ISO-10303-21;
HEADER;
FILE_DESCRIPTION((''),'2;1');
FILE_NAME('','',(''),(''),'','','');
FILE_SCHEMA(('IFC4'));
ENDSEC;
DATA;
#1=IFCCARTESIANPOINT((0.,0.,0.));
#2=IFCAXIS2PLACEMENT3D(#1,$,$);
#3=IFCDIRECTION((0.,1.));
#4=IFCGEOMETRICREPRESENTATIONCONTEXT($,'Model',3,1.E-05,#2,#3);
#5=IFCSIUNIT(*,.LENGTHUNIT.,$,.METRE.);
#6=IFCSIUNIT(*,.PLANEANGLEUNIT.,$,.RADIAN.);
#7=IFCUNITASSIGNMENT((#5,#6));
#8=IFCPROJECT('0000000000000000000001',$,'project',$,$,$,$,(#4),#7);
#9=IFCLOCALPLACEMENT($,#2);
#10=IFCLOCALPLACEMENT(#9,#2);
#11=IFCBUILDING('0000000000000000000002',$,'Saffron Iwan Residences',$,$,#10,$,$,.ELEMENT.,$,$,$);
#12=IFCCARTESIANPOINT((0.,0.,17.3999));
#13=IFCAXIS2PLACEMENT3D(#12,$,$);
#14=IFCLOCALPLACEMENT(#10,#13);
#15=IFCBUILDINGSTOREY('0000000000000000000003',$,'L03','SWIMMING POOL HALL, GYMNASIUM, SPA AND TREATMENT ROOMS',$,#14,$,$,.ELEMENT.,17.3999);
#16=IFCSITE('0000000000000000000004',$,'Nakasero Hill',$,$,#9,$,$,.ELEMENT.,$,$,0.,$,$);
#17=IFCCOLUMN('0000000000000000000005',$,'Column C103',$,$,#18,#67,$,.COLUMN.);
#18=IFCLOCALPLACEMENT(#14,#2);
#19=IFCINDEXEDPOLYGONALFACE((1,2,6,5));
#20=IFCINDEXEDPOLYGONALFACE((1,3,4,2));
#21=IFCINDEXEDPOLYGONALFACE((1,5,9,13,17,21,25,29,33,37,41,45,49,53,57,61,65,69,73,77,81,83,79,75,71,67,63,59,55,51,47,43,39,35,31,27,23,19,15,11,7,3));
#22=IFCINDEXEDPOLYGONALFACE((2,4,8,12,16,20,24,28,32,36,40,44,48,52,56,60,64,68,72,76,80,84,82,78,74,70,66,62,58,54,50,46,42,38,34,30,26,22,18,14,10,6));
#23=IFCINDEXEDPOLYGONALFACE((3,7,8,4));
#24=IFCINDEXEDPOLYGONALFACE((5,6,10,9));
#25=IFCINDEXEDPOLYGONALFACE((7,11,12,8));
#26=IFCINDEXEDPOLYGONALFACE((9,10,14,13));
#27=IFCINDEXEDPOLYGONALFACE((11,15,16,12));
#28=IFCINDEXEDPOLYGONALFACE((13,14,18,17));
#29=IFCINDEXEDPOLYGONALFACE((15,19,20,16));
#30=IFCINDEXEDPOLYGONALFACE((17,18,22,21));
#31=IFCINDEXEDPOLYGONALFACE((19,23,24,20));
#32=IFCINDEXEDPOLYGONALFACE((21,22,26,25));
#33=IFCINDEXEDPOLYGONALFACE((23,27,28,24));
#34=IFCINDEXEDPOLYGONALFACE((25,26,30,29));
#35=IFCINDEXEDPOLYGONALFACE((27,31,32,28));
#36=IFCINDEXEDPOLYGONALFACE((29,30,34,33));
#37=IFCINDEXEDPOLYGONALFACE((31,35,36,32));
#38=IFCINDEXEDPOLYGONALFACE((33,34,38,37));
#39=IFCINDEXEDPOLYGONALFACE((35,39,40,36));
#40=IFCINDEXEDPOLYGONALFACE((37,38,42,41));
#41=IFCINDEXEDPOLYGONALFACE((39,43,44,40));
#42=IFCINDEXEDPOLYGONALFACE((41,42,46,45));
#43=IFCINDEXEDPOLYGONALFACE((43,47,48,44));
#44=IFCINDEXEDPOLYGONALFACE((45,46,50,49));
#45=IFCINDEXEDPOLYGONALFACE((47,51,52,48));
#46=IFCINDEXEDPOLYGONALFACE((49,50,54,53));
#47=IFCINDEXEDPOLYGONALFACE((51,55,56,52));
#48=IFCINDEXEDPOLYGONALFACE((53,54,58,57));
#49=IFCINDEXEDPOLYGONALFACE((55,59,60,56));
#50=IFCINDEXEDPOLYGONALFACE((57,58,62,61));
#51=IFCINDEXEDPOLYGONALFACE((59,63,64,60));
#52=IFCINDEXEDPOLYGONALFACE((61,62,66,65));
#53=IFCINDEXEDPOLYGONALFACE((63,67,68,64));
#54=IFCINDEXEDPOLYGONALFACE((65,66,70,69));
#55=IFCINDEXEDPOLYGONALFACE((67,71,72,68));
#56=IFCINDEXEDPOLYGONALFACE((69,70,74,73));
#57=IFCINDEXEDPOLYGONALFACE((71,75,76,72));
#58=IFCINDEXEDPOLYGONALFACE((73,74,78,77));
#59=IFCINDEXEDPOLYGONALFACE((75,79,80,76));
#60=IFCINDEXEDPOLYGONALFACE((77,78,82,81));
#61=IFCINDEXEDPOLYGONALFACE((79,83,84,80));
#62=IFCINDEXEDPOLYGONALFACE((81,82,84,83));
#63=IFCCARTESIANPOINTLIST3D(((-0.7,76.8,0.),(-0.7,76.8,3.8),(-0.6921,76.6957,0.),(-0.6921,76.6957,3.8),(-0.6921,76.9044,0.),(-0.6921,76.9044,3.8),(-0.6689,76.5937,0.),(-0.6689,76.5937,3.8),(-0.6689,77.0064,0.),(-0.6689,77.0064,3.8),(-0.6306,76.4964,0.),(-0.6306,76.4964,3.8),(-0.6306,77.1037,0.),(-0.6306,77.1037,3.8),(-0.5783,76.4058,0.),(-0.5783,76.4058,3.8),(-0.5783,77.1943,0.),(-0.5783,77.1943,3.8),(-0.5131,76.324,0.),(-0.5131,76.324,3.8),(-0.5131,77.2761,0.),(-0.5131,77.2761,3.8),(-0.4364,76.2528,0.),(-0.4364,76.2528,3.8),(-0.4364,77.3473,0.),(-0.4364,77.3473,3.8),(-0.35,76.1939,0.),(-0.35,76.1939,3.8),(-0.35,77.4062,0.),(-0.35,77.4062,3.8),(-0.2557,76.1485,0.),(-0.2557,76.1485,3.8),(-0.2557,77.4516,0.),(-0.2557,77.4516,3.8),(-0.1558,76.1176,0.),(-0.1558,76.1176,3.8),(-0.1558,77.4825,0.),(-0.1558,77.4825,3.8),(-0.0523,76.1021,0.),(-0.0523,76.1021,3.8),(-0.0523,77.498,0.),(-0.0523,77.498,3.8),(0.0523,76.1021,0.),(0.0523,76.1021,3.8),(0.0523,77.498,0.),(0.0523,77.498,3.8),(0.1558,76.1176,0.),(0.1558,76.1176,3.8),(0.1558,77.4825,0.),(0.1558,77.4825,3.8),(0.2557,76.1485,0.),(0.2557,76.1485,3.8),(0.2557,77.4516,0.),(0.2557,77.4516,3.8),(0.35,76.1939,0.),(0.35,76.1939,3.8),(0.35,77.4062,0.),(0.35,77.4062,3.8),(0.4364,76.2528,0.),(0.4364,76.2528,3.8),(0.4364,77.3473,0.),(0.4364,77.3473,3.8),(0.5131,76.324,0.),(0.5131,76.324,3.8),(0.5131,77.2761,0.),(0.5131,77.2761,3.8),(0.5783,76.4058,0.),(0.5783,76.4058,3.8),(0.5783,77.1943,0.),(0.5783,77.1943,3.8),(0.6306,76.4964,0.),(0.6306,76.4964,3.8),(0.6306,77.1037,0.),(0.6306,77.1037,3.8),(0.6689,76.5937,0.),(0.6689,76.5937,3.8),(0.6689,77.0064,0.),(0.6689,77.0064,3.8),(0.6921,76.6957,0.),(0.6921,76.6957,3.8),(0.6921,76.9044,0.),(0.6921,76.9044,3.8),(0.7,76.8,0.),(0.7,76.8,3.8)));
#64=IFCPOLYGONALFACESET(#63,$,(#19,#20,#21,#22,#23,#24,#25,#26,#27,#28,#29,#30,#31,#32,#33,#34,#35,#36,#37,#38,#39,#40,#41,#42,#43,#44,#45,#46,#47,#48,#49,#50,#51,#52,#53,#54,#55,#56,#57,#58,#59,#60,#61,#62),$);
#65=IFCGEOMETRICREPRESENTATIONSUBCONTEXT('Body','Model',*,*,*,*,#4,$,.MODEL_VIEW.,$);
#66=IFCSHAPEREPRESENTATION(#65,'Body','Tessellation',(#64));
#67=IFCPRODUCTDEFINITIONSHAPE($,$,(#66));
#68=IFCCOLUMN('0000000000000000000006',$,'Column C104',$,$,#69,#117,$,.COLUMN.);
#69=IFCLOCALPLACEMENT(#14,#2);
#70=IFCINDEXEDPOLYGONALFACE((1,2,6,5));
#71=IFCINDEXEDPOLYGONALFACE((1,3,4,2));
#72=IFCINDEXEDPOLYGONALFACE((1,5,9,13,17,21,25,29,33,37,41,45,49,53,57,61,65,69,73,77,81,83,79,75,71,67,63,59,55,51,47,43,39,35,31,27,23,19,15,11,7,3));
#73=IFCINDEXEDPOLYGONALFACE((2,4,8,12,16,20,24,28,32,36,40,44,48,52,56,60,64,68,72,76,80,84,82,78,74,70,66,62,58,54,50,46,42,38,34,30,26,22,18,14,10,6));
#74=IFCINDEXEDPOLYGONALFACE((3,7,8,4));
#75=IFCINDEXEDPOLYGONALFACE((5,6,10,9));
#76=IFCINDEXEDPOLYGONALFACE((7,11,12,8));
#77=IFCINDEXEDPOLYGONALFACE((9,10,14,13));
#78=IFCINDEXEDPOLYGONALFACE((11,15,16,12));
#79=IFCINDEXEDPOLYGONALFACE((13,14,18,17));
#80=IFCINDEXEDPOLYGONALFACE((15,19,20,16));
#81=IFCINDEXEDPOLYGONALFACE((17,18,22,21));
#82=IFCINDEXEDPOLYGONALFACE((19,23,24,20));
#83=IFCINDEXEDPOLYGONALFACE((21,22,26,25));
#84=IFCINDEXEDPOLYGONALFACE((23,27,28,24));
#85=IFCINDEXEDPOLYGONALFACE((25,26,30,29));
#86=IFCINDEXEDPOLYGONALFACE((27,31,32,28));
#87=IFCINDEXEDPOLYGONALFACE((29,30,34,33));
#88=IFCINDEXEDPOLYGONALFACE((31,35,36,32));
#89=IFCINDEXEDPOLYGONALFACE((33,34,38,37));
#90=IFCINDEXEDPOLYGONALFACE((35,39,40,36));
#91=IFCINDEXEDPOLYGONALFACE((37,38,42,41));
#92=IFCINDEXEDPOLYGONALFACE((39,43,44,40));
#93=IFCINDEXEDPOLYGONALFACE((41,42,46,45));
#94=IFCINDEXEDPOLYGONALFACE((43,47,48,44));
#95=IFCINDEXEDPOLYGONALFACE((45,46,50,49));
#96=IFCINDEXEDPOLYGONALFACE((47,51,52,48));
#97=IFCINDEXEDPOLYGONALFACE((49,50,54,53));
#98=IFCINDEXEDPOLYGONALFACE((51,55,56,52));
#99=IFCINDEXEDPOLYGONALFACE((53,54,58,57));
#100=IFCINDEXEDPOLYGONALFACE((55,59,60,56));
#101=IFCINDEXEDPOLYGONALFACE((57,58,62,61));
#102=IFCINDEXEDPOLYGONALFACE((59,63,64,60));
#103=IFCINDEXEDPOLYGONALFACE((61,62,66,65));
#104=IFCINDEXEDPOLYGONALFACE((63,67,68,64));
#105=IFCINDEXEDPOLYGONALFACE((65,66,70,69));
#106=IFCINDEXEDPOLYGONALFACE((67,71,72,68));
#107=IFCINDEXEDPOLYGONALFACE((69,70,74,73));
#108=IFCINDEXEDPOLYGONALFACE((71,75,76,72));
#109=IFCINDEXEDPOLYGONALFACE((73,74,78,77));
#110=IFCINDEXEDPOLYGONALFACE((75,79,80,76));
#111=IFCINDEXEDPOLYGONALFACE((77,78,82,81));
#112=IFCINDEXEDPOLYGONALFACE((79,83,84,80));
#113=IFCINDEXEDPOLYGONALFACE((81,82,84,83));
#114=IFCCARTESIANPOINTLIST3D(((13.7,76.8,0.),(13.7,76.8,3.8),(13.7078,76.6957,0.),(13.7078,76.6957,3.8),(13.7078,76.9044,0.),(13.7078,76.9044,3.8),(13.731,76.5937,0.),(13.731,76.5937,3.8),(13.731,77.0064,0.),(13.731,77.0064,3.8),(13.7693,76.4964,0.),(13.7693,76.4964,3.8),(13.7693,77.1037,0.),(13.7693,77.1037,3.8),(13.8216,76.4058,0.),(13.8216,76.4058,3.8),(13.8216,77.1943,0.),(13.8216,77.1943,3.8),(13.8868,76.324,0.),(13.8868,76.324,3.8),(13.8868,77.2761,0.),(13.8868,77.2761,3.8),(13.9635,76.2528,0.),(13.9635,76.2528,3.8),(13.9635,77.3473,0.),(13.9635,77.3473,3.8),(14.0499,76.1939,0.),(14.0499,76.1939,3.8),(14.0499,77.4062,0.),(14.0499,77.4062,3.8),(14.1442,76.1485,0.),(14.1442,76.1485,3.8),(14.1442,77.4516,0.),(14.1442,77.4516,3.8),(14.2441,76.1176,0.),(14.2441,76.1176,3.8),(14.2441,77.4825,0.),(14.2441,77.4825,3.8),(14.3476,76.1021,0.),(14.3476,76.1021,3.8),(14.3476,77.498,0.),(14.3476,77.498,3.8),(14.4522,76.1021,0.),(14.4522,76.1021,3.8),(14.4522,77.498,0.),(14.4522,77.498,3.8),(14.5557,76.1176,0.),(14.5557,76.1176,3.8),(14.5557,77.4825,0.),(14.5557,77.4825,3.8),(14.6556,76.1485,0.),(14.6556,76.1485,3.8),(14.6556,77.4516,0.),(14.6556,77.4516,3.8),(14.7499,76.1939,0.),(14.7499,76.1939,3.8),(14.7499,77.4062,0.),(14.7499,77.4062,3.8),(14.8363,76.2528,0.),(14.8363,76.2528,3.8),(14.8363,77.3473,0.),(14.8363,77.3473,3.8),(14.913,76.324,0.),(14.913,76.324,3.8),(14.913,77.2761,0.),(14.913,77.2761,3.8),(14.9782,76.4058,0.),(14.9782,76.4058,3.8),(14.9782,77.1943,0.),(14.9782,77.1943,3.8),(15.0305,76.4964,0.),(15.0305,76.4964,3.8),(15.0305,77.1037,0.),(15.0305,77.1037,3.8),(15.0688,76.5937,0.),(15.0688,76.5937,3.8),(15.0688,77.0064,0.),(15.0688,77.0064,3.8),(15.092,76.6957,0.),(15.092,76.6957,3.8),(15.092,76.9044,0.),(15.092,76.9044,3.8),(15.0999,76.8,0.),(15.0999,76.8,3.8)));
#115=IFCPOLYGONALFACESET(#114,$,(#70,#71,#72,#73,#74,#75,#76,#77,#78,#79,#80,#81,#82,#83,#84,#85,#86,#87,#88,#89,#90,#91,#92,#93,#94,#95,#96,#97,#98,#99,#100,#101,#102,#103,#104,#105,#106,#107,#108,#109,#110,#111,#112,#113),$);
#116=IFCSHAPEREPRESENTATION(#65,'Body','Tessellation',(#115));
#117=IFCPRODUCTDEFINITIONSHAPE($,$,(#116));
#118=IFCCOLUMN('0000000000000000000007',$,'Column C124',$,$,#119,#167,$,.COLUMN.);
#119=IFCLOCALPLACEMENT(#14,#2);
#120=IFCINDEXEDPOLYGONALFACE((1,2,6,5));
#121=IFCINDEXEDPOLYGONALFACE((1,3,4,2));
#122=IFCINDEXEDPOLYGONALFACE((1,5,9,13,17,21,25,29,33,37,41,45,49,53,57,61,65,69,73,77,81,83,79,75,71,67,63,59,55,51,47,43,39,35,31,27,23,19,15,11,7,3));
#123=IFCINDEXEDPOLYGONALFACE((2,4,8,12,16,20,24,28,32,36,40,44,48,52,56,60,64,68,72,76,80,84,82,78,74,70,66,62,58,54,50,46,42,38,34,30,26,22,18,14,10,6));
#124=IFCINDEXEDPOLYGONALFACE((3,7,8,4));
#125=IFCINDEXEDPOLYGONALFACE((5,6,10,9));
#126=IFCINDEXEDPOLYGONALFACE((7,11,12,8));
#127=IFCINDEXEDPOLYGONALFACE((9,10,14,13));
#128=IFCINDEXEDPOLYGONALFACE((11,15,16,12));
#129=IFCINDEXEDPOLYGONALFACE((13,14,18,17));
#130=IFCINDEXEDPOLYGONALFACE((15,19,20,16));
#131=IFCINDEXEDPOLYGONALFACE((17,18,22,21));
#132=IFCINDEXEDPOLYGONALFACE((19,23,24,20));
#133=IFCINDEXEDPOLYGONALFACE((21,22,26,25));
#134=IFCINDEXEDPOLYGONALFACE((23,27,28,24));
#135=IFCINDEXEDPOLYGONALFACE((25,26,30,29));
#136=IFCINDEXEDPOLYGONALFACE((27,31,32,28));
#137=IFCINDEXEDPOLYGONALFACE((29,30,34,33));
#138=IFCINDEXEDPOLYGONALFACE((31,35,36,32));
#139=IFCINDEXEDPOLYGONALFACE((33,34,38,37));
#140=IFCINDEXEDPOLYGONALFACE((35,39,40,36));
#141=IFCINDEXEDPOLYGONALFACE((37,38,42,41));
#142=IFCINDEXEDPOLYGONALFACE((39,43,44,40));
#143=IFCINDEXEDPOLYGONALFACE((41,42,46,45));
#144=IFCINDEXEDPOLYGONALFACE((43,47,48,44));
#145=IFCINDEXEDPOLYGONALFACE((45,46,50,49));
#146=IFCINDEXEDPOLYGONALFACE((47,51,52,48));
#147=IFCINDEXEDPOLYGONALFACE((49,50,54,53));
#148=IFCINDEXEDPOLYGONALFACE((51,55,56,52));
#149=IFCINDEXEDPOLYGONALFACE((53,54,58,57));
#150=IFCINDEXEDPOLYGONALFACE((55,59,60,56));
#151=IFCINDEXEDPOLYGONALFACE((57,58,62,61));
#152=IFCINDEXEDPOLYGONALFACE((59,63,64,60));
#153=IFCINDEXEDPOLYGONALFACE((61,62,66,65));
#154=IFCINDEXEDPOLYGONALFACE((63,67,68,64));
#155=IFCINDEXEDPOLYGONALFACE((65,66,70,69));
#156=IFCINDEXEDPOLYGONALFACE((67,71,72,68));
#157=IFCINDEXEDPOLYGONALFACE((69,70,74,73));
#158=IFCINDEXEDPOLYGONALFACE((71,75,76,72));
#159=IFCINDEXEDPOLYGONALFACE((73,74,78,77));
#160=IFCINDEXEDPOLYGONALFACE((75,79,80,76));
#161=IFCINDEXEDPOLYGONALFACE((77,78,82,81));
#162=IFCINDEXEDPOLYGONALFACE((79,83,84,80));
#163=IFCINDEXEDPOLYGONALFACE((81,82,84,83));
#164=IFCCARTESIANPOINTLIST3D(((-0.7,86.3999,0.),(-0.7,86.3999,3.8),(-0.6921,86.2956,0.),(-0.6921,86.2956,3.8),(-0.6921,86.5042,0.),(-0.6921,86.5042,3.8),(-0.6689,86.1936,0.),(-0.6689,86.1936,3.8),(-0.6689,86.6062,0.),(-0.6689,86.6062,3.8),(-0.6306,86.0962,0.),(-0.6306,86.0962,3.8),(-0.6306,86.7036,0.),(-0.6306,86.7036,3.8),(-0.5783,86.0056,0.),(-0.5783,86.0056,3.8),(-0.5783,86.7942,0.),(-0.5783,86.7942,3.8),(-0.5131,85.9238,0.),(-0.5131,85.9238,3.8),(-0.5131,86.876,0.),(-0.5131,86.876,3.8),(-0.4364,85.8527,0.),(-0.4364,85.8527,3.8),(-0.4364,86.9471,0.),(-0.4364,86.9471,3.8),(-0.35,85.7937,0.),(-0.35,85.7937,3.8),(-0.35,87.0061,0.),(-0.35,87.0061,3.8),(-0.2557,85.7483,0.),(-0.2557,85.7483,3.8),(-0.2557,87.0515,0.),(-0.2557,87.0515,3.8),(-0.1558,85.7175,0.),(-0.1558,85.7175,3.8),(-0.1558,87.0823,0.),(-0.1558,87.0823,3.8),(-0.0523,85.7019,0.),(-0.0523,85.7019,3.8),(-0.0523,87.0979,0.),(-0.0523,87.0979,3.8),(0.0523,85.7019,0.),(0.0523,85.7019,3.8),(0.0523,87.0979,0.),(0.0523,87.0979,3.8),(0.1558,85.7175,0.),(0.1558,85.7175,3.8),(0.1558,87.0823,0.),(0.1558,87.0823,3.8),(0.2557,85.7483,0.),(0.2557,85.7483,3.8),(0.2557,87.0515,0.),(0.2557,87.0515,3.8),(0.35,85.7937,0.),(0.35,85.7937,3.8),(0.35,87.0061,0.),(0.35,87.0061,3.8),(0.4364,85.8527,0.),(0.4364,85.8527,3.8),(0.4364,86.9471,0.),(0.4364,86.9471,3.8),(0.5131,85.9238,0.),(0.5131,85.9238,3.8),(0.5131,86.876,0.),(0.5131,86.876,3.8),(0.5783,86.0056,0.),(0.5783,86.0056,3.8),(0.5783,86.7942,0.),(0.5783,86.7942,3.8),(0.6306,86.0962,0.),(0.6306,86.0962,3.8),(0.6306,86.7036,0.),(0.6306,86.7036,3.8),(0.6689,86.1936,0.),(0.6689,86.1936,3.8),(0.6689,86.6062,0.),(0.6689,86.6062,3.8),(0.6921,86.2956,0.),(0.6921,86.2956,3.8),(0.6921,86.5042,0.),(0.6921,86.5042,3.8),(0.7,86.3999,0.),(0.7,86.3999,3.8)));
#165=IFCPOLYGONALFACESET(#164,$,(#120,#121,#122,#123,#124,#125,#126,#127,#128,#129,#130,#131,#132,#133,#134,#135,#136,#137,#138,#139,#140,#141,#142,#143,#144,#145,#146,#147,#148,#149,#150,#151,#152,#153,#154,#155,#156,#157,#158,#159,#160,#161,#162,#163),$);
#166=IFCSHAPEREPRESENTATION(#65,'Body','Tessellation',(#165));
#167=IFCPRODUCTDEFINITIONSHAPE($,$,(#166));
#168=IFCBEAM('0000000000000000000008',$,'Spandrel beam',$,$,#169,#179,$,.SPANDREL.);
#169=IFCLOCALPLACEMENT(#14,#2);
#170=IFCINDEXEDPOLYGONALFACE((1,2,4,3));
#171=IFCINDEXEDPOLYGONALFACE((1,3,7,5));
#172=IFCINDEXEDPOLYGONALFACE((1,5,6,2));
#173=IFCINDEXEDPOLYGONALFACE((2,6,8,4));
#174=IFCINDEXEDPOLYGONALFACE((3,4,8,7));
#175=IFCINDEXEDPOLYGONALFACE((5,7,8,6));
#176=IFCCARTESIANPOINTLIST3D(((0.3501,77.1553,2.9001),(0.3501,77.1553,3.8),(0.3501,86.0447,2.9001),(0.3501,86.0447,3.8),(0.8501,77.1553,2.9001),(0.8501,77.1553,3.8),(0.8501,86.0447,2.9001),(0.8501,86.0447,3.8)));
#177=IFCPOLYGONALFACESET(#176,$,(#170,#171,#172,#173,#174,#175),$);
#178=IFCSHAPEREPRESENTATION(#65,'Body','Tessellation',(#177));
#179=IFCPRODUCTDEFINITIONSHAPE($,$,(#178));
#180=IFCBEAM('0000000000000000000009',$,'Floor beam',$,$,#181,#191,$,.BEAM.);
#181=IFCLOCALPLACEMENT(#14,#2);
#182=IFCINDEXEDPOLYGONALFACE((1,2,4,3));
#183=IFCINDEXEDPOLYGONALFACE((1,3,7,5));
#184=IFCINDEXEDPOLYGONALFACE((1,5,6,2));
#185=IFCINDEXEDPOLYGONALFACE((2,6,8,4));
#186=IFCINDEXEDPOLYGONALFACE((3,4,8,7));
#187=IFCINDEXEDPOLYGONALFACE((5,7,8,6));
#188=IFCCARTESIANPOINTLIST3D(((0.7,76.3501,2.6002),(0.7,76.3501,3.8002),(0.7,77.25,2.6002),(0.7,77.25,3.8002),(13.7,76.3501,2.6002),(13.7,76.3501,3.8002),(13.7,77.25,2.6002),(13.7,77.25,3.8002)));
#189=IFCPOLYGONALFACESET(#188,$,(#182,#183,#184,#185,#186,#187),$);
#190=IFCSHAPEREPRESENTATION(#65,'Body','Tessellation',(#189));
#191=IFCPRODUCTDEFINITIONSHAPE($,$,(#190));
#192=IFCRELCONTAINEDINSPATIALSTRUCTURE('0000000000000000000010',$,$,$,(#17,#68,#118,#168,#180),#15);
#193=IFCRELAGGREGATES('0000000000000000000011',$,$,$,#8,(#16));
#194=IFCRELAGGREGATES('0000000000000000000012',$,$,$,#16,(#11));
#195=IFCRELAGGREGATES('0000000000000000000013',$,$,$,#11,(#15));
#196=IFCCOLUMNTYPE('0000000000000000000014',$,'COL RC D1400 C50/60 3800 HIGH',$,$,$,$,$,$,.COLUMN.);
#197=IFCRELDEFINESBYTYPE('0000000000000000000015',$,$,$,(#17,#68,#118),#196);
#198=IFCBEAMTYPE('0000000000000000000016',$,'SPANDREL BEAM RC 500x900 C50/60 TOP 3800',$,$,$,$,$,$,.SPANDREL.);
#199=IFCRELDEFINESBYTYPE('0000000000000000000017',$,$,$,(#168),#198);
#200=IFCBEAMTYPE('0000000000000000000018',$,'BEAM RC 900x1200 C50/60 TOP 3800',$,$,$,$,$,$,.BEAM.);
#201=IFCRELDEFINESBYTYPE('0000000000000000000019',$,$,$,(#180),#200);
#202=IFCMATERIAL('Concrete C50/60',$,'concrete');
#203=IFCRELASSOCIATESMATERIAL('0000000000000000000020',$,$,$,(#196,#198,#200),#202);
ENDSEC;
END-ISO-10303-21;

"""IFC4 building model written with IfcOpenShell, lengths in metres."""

from ifc_helpers import new_model, si_unit, direction, frame, origin, origin_2d, place, context, subcontext, project, spatial, rectangle, circle, extrude, source, transform, mapped, material, material_profile, profile_set, type_object, element, save


model = new_model("IFC4")

# Units and contexts
model_context = context("Model", 3, precision=1e-05, world=origin(), true_north=direction((0.0, 1.0)))
body_context = subcontext(model_context, "Body", "Model", "MODEL_VIEW")
ifc_project = project(units=[si_unit("LENGTHUNIT", "METRE"), si_unit("PLANEANGLEUNIT", "RADIAN")], contexts=[model_context])

# Site, building, storey
site_placement = place(None, origin())
site = spatial("IfcSite", under=ifc_project, at=site_placement, Name="Nakasero Hill", CompositionType="ELEMENT", RefElevation=0.0)
building_placement = place(site_placement, origin())
building = spatial("IfcBuilding", under=site, at=building_placement, Name="Saffron Iwan Residences", CompositionType="ELEMENT")
storey_placement = place(building_placement, frame((0.0, 0.0, 17.3999)))
storey = spatial("IfcBuildingStorey", under=building, at=storey_placement, Name="L03", Description="SWIMMING POOL HALL, GYMNASIUM, SPA AND TREATMENT ROOMS", CompositionType="ELEMENT", Elevation=17.3999)

# Columns
ifc_material_1 = material(Name="Concrete C50/60", Category="concrete")
ifc_material_profile_1 = material_profile(ifc_material_1, circle(Radius=0.7, at=origin_2d()), Name="RC D1400")
ifc_profile_set_1 = profile_set([ifc_material_profile_1], Name="Concrete C50/60")
column_type = type_object("IfcColumnType", Name="COL RC D1400 C50/60 3800 HIGH", PredefinedType="COLUMN", material=ifc_profile_set_1)
shared_shape_1 = source(origin(), body_context, "Body", "SweptSolid", [
    extrude(circle(Radius=0.7, at=origin_2d()), origin(), (0.0, 0.0, 1.0), 3.8),
])
for number, where, z_axis, x_axis, name in (
    (1, (0.0, 76.8, 0.0), (0.0, 0.0, 1.0), (1.0, 0.0, 0.0), "Column C103"),
    (2, (14.3999, 76.8, 0.0), (0.0, 0.0, 1.0), (1.0, 0.0, 0.0), "Column C104"),
    (3, (0.0, 86.3999, 0.0), (0.0, 0.0, 1.0), (1.0, 0.0, 0.0), "Column C124"),
):
    element("IfcColumn", number, at=place(storey_placement, frame(where, z_axis=z_axis, x_axis=x_axis)), inside=storey, type_object=column_type, Name=name, PredefinedType="COLUMN", context=body_context, shape_type="MappedRepresentation", body=[
        mapped(shared_shape_1, transform((0.0, 0.0, 0.0))),
    ])

# Beams
ifc_material_profile_2 = material_profile(ifc_material_1, rectangle(XDim=0.5, YDim=0.8999, at=origin_2d()), Name="RC 500x900")
ifc_profile_set_2 = profile_set([ifc_material_profile_2], Name="Concrete C50/60")
beam_type_1 = type_object("IfcBeamType", Name="SPANDREL BEAM RC 500x900 C50/60 TOP 3800", PredefinedType="SPANDREL", material=ifc_profile_set_2)
shared_shape_2 = source(origin(), body_context, "Body", "SweptSolid", [
    extrude(rectangle(XDim=0.5, YDim=0.8999, at=origin_2d()), origin(), (0.0, 0.0, 1.0), 8.8894),
])
beam_1_placement = place(storey_placement, frame((0.6001, 77.1553, 3.3501), z_axis=(0.0, 1.0, 0.0), x_axis=(-1.0, 0.0, 0.0)))
element("IfcBeam", 4, at=beam_1_placement, inside=storey, type_object=beam_type_1, Name="Spandrel beam", PredefinedType="SPANDREL", context=body_context, shape_type="MappedRepresentation", body=[
    mapped(shared_shape_2, transform((0.0, 0.0, 0.0))),
])
ifc_material_profile_3 = material_profile(ifc_material_1, rectangle(XDim=0.8999, YDim=1.2, at=origin_2d()), Name="RC 900x1200")
ifc_profile_set_3 = profile_set([ifc_material_profile_3], Name="Concrete C50/60")
beam_type_2 = type_object("IfcBeamType", Name="BEAM RC 900x1200 C50/60 TOP 3800", PredefinedType="BEAM", material=ifc_profile_set_3)
shared_shape_3 = source(origin(), body_context, "Body", "SweptSolid", [
    extrude(rectangle(XDim=0.8999, YDim=1.2, at=origin_2d()), origin(), (0.0, 0.0, 1.0), 13.0),
])
beam_2_placement = place(storey_placement, frame((0.7, 76.8, 3.2002), z_axis=(1.0, 0.0, 0.0), x_axis=(0.0, 1.0, 0.0)))
element("IfcBeam", 5, at=beam_2_placement, inside=storey, type_object=beam_type_2, Name="Floor beam", PredefinedType="BEAM", context=body_context, shape_type="MappedRepresentation", body=[
    mapped(shared_shape_3, transform((0.0, 0.0, 0.0))),
])

save(model, "model.ifc")
